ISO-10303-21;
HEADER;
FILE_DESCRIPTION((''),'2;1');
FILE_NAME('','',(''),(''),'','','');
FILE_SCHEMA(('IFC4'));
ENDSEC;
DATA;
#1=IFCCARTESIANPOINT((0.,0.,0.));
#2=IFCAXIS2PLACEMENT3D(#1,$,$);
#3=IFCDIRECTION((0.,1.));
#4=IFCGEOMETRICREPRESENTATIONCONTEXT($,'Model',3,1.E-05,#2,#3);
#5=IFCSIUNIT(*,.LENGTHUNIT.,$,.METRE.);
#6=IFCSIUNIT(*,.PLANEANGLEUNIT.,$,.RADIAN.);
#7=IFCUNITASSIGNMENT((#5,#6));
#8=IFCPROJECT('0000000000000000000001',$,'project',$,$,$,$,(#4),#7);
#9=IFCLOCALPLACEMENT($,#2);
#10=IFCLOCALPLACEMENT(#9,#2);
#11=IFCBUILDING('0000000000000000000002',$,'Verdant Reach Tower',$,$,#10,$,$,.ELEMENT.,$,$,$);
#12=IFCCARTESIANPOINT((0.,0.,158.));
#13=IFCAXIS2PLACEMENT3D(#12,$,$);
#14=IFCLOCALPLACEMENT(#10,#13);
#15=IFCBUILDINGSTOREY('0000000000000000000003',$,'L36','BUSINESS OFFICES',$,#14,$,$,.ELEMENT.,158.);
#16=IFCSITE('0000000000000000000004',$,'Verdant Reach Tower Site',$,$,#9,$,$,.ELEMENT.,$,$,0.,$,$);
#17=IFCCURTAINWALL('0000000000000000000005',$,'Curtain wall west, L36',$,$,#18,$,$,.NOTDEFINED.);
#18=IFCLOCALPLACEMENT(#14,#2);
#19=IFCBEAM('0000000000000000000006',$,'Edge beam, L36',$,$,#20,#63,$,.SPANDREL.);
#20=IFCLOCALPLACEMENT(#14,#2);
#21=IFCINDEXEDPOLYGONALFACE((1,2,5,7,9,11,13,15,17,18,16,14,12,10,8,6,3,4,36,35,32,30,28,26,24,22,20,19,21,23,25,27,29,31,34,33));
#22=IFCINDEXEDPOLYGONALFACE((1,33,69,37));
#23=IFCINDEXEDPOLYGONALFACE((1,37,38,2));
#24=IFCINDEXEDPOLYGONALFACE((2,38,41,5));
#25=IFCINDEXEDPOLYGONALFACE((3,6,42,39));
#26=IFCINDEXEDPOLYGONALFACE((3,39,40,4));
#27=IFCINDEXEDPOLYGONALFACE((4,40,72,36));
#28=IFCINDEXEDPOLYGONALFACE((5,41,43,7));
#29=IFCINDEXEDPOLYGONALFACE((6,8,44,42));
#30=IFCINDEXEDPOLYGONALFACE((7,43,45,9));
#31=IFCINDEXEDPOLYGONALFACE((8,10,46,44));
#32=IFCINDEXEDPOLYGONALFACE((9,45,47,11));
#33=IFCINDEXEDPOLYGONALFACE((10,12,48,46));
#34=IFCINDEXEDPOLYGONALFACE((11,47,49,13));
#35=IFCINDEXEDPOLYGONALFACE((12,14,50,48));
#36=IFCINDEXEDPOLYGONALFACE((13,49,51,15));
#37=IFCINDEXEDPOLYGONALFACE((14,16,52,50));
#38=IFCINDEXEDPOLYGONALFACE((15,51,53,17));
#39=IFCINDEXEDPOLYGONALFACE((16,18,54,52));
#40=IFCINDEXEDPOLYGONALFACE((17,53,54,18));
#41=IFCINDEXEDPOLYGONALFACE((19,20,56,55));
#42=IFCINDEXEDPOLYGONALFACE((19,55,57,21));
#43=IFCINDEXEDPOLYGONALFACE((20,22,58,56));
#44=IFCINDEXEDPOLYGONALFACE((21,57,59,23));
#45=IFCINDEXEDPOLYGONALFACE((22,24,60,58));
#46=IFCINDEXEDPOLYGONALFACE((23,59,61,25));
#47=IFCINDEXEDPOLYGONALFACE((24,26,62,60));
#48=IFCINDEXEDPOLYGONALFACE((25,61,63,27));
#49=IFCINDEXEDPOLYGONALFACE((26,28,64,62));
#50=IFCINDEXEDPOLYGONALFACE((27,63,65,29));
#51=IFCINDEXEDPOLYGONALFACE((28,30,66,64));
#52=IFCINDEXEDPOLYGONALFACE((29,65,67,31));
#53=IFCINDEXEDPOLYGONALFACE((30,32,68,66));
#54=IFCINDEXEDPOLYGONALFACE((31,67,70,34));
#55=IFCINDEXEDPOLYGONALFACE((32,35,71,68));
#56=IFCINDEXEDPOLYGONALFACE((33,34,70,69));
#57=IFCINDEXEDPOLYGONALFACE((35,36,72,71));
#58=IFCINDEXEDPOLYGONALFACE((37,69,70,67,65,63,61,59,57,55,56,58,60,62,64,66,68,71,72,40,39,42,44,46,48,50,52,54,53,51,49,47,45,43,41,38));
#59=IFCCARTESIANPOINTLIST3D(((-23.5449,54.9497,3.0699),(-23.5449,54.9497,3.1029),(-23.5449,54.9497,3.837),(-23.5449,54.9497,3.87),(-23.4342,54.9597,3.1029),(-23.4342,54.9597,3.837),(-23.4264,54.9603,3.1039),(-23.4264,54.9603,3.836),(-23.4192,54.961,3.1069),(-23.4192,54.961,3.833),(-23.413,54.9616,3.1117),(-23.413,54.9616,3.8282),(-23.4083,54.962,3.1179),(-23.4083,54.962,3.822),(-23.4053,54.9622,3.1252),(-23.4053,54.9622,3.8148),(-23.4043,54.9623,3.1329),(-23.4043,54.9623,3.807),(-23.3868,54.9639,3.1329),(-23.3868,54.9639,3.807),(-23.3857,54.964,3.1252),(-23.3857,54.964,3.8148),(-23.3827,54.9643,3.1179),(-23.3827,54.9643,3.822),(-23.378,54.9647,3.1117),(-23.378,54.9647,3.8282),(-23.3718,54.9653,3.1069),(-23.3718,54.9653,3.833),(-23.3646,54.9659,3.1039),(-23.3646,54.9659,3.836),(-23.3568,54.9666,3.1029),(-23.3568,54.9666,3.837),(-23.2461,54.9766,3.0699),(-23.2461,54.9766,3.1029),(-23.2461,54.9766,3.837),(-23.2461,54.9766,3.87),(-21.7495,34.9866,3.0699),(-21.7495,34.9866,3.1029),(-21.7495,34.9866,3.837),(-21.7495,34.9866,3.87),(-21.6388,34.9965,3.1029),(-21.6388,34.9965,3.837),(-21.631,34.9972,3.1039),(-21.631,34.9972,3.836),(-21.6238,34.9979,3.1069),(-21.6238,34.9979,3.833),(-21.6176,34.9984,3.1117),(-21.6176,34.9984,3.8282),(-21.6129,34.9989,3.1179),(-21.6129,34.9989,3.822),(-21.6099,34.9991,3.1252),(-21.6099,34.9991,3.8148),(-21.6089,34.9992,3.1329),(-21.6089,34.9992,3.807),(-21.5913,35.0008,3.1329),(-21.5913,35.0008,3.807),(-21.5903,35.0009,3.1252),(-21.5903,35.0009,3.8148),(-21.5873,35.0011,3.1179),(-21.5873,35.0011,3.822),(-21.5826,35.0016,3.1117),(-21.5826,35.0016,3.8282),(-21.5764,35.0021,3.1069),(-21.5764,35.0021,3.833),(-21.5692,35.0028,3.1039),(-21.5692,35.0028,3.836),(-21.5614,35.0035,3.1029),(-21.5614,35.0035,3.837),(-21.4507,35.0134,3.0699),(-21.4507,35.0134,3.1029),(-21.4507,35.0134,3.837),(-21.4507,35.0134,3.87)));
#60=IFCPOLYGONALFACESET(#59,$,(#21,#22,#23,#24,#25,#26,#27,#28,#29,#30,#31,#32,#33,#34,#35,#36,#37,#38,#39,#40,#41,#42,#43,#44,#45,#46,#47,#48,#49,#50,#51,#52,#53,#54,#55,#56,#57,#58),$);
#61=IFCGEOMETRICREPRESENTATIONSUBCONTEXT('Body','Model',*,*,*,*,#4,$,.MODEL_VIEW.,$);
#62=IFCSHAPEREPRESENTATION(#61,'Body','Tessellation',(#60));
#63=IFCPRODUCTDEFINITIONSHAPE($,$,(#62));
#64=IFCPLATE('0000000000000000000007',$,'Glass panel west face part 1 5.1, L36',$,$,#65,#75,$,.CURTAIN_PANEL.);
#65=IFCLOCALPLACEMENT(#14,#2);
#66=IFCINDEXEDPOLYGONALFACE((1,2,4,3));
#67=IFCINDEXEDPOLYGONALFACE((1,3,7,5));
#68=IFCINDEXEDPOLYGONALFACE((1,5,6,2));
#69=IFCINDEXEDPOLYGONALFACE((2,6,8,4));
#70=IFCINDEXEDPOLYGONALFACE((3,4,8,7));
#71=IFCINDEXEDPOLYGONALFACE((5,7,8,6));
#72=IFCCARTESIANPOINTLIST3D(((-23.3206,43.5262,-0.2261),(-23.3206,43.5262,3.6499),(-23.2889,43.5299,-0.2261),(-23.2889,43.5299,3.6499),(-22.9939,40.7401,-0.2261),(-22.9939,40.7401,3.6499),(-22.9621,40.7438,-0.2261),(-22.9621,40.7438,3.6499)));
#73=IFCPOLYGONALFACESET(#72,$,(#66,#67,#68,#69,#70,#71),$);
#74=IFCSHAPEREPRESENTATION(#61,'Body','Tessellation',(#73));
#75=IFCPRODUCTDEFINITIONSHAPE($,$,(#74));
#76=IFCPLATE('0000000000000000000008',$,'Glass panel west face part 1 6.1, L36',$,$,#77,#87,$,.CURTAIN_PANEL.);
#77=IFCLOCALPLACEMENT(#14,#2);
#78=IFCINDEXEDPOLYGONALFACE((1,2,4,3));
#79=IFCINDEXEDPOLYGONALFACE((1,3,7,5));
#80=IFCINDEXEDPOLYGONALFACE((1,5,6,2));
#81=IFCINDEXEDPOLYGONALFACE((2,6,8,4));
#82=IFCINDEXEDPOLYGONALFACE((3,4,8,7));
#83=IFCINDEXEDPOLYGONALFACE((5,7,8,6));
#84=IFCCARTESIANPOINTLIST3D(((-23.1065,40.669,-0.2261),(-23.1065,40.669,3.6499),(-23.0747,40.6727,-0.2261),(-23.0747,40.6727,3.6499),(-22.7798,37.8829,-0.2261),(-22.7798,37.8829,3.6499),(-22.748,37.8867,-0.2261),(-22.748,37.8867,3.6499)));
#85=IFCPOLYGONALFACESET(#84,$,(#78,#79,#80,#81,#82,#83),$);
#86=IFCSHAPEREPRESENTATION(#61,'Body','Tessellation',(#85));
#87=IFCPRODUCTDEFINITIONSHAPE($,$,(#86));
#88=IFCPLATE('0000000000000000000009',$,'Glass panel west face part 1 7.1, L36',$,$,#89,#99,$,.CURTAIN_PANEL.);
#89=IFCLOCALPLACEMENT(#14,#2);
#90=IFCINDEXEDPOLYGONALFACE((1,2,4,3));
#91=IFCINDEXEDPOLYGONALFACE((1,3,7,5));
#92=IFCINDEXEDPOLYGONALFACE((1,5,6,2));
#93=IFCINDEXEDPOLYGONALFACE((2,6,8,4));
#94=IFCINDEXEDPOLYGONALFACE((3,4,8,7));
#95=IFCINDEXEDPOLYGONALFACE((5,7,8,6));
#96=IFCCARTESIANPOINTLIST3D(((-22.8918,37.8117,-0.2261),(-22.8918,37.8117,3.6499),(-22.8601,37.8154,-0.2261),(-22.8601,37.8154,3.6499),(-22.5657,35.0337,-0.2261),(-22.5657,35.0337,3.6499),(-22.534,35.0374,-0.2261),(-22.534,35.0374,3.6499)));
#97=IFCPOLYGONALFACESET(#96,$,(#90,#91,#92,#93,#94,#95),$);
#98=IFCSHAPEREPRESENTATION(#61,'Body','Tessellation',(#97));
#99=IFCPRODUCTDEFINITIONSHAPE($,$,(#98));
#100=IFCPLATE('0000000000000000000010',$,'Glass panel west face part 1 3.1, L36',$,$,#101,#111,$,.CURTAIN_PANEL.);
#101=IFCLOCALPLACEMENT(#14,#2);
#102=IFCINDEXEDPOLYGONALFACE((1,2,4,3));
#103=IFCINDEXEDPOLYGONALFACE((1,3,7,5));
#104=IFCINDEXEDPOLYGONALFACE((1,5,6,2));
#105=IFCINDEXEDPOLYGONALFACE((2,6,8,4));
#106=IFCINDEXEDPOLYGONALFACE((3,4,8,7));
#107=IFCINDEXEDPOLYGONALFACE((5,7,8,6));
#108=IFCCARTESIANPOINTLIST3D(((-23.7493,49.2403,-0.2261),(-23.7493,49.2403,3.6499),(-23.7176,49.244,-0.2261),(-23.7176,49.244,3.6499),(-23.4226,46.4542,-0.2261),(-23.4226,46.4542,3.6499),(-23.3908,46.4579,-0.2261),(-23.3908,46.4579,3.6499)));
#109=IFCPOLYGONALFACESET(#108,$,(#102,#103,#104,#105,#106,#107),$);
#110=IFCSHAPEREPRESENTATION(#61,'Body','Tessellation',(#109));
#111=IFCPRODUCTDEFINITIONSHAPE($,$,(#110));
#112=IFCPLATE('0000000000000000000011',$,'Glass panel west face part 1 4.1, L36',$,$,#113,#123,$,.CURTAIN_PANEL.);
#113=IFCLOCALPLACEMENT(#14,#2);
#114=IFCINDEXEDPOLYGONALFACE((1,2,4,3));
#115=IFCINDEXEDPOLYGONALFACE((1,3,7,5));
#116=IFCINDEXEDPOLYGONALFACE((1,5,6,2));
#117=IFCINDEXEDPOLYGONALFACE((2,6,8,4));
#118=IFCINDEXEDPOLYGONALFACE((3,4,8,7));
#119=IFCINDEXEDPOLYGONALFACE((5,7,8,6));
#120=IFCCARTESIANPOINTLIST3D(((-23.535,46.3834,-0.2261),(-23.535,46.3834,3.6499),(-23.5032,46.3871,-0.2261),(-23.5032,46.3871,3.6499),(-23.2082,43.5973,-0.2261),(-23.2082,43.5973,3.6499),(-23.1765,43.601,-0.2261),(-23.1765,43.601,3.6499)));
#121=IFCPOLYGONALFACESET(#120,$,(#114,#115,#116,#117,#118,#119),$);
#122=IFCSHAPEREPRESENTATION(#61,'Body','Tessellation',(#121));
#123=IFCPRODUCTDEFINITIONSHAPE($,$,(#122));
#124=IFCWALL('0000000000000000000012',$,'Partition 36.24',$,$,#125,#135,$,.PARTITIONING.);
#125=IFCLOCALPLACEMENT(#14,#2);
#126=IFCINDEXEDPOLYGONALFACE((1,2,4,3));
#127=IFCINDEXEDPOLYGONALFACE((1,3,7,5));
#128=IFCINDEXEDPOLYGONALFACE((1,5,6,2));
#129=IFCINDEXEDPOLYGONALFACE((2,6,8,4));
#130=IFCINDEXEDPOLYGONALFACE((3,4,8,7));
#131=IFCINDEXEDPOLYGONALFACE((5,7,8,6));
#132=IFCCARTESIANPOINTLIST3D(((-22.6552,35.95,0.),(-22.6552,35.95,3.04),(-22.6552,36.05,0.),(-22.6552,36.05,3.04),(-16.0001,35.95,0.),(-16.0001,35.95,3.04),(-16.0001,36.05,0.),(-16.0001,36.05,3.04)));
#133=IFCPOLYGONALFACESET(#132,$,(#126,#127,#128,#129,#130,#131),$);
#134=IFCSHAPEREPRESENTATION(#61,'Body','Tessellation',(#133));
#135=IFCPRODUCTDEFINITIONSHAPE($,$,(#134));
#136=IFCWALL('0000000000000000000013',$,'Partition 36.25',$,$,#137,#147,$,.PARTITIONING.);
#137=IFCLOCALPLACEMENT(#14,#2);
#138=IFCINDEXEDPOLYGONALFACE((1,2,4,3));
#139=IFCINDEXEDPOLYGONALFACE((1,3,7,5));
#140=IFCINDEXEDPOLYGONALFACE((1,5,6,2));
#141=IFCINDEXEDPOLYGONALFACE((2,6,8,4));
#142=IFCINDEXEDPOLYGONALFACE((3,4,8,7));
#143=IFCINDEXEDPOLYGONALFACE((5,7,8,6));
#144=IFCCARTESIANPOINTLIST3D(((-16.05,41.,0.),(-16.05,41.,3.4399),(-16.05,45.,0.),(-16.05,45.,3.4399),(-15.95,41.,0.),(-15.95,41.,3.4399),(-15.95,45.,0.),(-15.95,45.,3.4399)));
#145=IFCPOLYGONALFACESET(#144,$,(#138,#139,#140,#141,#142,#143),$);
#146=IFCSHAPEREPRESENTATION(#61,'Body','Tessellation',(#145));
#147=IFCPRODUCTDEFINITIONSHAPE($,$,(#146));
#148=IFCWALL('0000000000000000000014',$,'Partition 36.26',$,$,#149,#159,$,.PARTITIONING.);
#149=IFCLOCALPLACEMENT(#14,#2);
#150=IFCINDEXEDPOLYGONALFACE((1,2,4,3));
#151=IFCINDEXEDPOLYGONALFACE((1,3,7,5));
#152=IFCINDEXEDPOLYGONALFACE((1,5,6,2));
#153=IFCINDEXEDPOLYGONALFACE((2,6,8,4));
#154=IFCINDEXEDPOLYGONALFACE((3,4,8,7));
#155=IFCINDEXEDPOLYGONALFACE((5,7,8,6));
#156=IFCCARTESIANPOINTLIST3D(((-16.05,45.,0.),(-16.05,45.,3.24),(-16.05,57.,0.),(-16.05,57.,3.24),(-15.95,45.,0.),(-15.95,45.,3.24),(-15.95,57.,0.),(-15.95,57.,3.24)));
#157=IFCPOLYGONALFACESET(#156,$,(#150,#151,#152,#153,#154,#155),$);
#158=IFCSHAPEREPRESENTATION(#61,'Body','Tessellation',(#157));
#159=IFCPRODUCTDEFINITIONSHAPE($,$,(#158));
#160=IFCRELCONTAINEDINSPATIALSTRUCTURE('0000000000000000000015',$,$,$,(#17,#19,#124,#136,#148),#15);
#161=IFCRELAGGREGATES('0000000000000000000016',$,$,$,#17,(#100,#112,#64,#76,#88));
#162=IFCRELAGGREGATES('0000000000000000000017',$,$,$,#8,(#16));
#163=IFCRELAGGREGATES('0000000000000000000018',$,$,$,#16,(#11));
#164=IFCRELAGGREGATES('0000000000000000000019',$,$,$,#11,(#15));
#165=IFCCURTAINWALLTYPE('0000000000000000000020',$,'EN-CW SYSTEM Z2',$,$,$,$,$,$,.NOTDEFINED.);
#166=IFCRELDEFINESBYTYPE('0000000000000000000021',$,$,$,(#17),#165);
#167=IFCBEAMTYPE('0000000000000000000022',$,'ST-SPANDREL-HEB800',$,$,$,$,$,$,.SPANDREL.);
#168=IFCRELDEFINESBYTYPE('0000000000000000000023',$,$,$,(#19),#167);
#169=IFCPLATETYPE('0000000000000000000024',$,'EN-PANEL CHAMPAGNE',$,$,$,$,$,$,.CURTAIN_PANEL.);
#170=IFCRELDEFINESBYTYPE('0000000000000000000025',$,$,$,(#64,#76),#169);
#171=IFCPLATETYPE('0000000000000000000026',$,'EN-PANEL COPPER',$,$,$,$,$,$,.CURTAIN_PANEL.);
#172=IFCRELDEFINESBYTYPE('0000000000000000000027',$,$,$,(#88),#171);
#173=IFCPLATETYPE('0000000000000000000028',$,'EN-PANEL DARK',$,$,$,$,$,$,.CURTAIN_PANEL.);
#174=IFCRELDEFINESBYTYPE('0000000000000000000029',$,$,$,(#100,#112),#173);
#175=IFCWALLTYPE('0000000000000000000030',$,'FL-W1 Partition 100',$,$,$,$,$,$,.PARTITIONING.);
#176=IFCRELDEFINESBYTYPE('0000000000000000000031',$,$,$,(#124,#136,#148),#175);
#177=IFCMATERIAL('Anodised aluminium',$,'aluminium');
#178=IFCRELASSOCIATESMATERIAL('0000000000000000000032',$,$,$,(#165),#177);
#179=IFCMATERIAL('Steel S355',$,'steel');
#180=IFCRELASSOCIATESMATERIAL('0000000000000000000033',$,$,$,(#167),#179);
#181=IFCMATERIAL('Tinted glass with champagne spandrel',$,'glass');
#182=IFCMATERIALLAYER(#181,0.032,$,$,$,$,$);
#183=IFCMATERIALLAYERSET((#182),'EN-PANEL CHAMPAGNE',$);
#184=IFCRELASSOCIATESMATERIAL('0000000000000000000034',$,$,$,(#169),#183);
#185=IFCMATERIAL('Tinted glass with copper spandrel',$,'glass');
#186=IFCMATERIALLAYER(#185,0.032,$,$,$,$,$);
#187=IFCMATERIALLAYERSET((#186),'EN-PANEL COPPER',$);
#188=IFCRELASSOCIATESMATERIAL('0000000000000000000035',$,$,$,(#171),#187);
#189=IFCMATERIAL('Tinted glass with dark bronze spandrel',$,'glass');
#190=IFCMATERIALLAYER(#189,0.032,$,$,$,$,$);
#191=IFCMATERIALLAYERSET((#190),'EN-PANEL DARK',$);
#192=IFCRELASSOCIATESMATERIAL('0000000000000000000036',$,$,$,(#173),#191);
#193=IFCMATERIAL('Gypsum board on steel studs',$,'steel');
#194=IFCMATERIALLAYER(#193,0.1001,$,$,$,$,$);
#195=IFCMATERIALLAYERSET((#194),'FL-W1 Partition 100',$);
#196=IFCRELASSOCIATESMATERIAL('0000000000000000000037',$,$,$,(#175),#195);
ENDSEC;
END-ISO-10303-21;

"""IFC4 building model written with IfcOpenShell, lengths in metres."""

from ifc_helpers import new_model, si_unit, direction, frame, frame_2d, origin, origin_2d, place, context, subcontext, project, spatial, rectangle, i_section, extrude, material, layer, layer_set, material_profile, profile_set, type_object, element, aggregate, save


model = new_model("IFC4")

# Units and contexts
model_context = context("Model", 3, precision=1e-05, world=origin(), true_north=direction((0.0, 1.0)))
body_context = subcontext(model_context, "Body", "Model", "MODEL_VIEW")
ifc_project = project(units=[si_unit("LENGTHUNIT", "METRE"), si_unit("PLANEANGLEUNIT", "RADIAN")], contexts=[model_context])

# Site, building, storey
site_placement = place(None, origin())
site = spatial("IfcSite", under=ifc_project, at=site_placement, Name="Verdant Reach Tower Site", CompositionType="ELEMENT", RefElevation=0.0)
building_placement = place(site_placement, origin())
building = spatial("IfcBuilding", under=site, at=building_placement, Name="Verdant Reach Tower", CompositionType="ELEMENT")
storey_placement = place(building_placement, frame((0.0, 0.0, 158.0)))
storey = spatial("IfcBuildingStorey", under=building, at=storey_placement, Name="L36", Description="BUSINESS OFFICES", CompositionType="ELEMENT", Elevation=158.0)

# Curtain wall
ifc_material_1 = material(Name="Anodised aluminium", Category="aluminium")
curtain_wall_type = type_object("IfcCurtainWallType", Name="EN-CW SYSTEM Z2", PredefinedType="NOTDEFINED", material=ifc_material_1)
curtain_wall_placement = place(storey_placement, origin())
curtain_wall = element("IfcCurtainWall", 1, at=curtain_wall_placement, inside=storey, type_object=curtain_wall_type, Name="Curtain wall west, L36", PredefinedType="NOTDEFINED")

# Beam
ifc_material_2 = material(Name="Steel S355", Category="steel")
ifc_material_profile_1 = material_profile(ifc_material_2, i_section(OverallWidth=0.3, OverallDepth=0.8, WebThickness=0.0176, FlangeThickness=0.033, FilletRadius=0.03, at=origin_2d()), Name="HEB 800")
ifc_profile_set_1 = profile_set([ifc_material_profile_1], Name="Steel S355")
beam_type_1 = type_object("IfcBeamType", Name="ST-SPANDREL-HEB800", PredefinedType="SPANDREL", material=ifc_profile_set_1)
beam_1_placement = place(storey_placement, frame((-21.6001, 35.0, 3.47), z_axis=(-0.089575, 0.99598, 0.0), x_axis=(-0.99598, -0.089575, 0.0)))
element("IfcBeam", 2, at=beam_1_placement, inside=storey, type_object=beam_type_1, Name="Edge beam, L36", PredefinedType="SPANDREL", context=body_context, shape_type="SweptSolid", body=[
    extrude(i_section(OverallWidth=0.3, OverallDepth=0.8, WebThickness=0.0176, FlangeThickness=0.033, FilletRadius=0.03, at=origin_2d()), origin(), (0.0, 0.0, 1.0), 20.0437),
])

# Plates
ifc_material_3 = material(Name="Tinted glass with champagne spandrel", Category="glass")
ifc_layer_1 = layer(ifc_material_3, 0.032)
ifc_layer_set_1 = layer_set([ifc_layer_1], Name="EN-PANEL CHAMPAGNE")
plate_type_1 = type_object("IfcPlateType", Name="EN-PANEL CHAMPAGNE", PredefinedType="CURTAIN_PANEL", material=ifc_layer_set_1)
plate_1_placement = place(storey_placement, frame((-23.1414, 42.135, -0.2261), z_axis=(0.0, 0.0, 1.0), x_axis=(0.116483, -0.993193, 0.0)))
plate_1 = element("IfcPlate", 3, at=plate_1_placement, type_object=plate_type_1, Name="Glass panel west face part 1 5.1, L36", PredefinedType="CURTAIN_PANEL", context=body_context, shape_type="SweptSolid", body=[
    extrude(rectangle(XDim=2.8052, YDim=0.032, at=origin_2d()), origin(), (0.0, 0.0, 1.0), 3.876),
])
plate_2_placement = place(storey_placement, frame((-22.9272, 39.2778, -0.2261), z_axis=(0.0, 0.0, 1.0), x_axis=(0.116483, -0.993193, 0.0)))
plate_2 = element("IfcPlate", 4, at=plate_2_placement, type_object=plate_type_1, Name="Glass panel west face part 1 6.1, L36", PredefinedType="CURTAIN_PANEL", context=body_context, shape_type="SweptSolid", body=[
    extrude(rectangle(XDim=2.8052, YDim=0.032, at=origin_2d()), origin(), (0.0, 0.0, 1.0), 3.876),
])
ifc_material_4 = material(Name="Tinted glass with copper spandrel", Category="glass")
ifc_layer_2 = layer(ifc_material_4, 0.032)
ifc_layer_set_2 = layer_set([ifc_layer_2], Name="EN-PANEL COPPER")
plate_type_2 = type_object("IfcPlateType", Name="EN-PANEL COPPER", PredefinedType="CURTAIN_PANEL", material=ifc_layer_set_2)
plate_3_placement = place(storey_placement, frame((-22.7129, 36.4246, -0.2261), z_axis=(0.0, 0.0, 1.0), x_axis=(0.116586, -0.993181, 0.0)))
plate_3 = element("IfcPlate", 5, at=plate_3_placement, type_object=plate_type_2, Name="Glass panel west face part 1 7.1, L36", PredefinedType="CURTAIN_PANEL", context=body_context, shape_type="SweptSolid", body=[
    extrude(rectangle(XDim=2.7971, YDim=0.032, at=origin_2d()), origin(), (0.0, 0.0, 1.0), 3.876),
])
ifc_material_5 = material(Name="Tinted glass with dark bronze spandrel", Category="glass")
ifc_layer_3 = layer(ifc_material_5, 0.032)
ifc_layer_set_3 = layer_set([ifc_layer_3], Name="EN-PANEL DARK")
plate_type_3 = type_object("IfcPlateType", Name="EN-PANEL DARK", PredefinedType="CURTAIN_PANEL", material=ifc_layer_set_3)
plate_4_placement = place(storey_placement, frame((-23.5701, 47.8491, -0.2261), z_axis=(0.0, 0.0, 1.0), x_axis=(0.116483, -0.993193, 0.0)))
plate_4 = element("IfcPlate", 6, at=plate_4_placement, type_object=plate_type_3, Name="Glass panel west face part 1 3.1, L36", PredefinedType="CURTAIN_PANEL", context=body_context, shape_type="SweptSolid", body=[
    extrude(rectangle(XDim=2.8052, YDim=0.032, at=origin_2d()), origin(), (0.0, 0.0, 1.0), 3.876),
])
plate_5_placement = place(storey_placement, frame((-23.3557, 44.9922, -0.2261), z_axis=(0.0, 0.0, 1.0), x_axis=(0.116483, -0.993193, 0.0)))
plate_5 = element("IfcPlate", 7, at=plate_5_placement, type_object=plate_type_3, Name="Glass panel west face part 1 4.1, L36", PredefinedType="CURTAIN_PANEL", context=body_context, shape_type="SweptSolid", body=[
    extrude(rectangle(XDim=2.8052, YDim=0.032, at=origin_2d()), origin(), (0.0, 0.0, 1.0), 3.876),
])
aggregate(curtain_wall, [plate_4, plate_5, plate_1, plate_2, plate_3])

# Walls
ifc_material_6 = material(Name="Gypsum board on steel studs", Category="steel")
ifc_layer_4 = layer(ifc_material_6, 0.1001)
ifc_layer_set_4 = layer_set([ifc_layer_4], Name="FL-W1 Partition 100")
wall_type_1 = type_object("IfcWallType", Name="FL-W1 Partition 100", PredefinedType="PARTITIONING", material=ifc_layer_set_4)
wall_1_placement = place(storey_placement, frame((-16.0, 36.0, 0.0), z_axis=(0.0, 0.0, 1.0), x_axis=(-1.0, 0.0, 0.0)))
element("IfcWall", 8, at=wall_1_placement, inside=storey, type_object=wall_type_1, Name="Partition 36.24", PredefinedType="PARTITIONING", context=body_context, shape_type="SweptSolid", body=[
    extrude(rectangle(XDim=6.655, YDim=0.1001, at=frame_2d((3.3276, 0.0))), origin(), (0.0, 0.0, 1.0), 3.04),
])
wall_2_placement = place(storey_placement, frame((-16.0, 41.0, 0.0), z_axis=(0.0, 0.0, 1.0), x_axis=(0.0, 1.0, 0.0)))
element("IfcWall", 9, at=wall_2_placement, inside=storey, type_object=wall_type_1, Name="Partition 36.25", PredefinedType="PARTITIONING", context=body_context, shape_type="SweptSolid", body=[
    extrude(rectangle(XDim=4.0, YDim=0.1001, at=frame_2d((2.0, 0.0))), origin(), (0.0, 0.0, 1.0), 3.4399),
])
wall_3_placement = place(storey_placement, frame((-16.0, 45.0, 0.0), z_axis=(0.0, 0.0, 1.0), x_axis=(0.0, 1.0, 0.0)))
element("IfcWall", 10, at=wall_3_placement, inside=storey, type_object=wall_type_1, Name="Partition 36.26", PredefinedType="PARTITIONING", context=body_context, shape_type="SweptSolid", body=[
    extrude(rectangle(XDim=12.0, YDim=0.1001, at=frame_2d((6.0, 0.0))), origin(), (0.0, 0.0, 1.0), 3.24),
])

save(model, "model.ifc")
